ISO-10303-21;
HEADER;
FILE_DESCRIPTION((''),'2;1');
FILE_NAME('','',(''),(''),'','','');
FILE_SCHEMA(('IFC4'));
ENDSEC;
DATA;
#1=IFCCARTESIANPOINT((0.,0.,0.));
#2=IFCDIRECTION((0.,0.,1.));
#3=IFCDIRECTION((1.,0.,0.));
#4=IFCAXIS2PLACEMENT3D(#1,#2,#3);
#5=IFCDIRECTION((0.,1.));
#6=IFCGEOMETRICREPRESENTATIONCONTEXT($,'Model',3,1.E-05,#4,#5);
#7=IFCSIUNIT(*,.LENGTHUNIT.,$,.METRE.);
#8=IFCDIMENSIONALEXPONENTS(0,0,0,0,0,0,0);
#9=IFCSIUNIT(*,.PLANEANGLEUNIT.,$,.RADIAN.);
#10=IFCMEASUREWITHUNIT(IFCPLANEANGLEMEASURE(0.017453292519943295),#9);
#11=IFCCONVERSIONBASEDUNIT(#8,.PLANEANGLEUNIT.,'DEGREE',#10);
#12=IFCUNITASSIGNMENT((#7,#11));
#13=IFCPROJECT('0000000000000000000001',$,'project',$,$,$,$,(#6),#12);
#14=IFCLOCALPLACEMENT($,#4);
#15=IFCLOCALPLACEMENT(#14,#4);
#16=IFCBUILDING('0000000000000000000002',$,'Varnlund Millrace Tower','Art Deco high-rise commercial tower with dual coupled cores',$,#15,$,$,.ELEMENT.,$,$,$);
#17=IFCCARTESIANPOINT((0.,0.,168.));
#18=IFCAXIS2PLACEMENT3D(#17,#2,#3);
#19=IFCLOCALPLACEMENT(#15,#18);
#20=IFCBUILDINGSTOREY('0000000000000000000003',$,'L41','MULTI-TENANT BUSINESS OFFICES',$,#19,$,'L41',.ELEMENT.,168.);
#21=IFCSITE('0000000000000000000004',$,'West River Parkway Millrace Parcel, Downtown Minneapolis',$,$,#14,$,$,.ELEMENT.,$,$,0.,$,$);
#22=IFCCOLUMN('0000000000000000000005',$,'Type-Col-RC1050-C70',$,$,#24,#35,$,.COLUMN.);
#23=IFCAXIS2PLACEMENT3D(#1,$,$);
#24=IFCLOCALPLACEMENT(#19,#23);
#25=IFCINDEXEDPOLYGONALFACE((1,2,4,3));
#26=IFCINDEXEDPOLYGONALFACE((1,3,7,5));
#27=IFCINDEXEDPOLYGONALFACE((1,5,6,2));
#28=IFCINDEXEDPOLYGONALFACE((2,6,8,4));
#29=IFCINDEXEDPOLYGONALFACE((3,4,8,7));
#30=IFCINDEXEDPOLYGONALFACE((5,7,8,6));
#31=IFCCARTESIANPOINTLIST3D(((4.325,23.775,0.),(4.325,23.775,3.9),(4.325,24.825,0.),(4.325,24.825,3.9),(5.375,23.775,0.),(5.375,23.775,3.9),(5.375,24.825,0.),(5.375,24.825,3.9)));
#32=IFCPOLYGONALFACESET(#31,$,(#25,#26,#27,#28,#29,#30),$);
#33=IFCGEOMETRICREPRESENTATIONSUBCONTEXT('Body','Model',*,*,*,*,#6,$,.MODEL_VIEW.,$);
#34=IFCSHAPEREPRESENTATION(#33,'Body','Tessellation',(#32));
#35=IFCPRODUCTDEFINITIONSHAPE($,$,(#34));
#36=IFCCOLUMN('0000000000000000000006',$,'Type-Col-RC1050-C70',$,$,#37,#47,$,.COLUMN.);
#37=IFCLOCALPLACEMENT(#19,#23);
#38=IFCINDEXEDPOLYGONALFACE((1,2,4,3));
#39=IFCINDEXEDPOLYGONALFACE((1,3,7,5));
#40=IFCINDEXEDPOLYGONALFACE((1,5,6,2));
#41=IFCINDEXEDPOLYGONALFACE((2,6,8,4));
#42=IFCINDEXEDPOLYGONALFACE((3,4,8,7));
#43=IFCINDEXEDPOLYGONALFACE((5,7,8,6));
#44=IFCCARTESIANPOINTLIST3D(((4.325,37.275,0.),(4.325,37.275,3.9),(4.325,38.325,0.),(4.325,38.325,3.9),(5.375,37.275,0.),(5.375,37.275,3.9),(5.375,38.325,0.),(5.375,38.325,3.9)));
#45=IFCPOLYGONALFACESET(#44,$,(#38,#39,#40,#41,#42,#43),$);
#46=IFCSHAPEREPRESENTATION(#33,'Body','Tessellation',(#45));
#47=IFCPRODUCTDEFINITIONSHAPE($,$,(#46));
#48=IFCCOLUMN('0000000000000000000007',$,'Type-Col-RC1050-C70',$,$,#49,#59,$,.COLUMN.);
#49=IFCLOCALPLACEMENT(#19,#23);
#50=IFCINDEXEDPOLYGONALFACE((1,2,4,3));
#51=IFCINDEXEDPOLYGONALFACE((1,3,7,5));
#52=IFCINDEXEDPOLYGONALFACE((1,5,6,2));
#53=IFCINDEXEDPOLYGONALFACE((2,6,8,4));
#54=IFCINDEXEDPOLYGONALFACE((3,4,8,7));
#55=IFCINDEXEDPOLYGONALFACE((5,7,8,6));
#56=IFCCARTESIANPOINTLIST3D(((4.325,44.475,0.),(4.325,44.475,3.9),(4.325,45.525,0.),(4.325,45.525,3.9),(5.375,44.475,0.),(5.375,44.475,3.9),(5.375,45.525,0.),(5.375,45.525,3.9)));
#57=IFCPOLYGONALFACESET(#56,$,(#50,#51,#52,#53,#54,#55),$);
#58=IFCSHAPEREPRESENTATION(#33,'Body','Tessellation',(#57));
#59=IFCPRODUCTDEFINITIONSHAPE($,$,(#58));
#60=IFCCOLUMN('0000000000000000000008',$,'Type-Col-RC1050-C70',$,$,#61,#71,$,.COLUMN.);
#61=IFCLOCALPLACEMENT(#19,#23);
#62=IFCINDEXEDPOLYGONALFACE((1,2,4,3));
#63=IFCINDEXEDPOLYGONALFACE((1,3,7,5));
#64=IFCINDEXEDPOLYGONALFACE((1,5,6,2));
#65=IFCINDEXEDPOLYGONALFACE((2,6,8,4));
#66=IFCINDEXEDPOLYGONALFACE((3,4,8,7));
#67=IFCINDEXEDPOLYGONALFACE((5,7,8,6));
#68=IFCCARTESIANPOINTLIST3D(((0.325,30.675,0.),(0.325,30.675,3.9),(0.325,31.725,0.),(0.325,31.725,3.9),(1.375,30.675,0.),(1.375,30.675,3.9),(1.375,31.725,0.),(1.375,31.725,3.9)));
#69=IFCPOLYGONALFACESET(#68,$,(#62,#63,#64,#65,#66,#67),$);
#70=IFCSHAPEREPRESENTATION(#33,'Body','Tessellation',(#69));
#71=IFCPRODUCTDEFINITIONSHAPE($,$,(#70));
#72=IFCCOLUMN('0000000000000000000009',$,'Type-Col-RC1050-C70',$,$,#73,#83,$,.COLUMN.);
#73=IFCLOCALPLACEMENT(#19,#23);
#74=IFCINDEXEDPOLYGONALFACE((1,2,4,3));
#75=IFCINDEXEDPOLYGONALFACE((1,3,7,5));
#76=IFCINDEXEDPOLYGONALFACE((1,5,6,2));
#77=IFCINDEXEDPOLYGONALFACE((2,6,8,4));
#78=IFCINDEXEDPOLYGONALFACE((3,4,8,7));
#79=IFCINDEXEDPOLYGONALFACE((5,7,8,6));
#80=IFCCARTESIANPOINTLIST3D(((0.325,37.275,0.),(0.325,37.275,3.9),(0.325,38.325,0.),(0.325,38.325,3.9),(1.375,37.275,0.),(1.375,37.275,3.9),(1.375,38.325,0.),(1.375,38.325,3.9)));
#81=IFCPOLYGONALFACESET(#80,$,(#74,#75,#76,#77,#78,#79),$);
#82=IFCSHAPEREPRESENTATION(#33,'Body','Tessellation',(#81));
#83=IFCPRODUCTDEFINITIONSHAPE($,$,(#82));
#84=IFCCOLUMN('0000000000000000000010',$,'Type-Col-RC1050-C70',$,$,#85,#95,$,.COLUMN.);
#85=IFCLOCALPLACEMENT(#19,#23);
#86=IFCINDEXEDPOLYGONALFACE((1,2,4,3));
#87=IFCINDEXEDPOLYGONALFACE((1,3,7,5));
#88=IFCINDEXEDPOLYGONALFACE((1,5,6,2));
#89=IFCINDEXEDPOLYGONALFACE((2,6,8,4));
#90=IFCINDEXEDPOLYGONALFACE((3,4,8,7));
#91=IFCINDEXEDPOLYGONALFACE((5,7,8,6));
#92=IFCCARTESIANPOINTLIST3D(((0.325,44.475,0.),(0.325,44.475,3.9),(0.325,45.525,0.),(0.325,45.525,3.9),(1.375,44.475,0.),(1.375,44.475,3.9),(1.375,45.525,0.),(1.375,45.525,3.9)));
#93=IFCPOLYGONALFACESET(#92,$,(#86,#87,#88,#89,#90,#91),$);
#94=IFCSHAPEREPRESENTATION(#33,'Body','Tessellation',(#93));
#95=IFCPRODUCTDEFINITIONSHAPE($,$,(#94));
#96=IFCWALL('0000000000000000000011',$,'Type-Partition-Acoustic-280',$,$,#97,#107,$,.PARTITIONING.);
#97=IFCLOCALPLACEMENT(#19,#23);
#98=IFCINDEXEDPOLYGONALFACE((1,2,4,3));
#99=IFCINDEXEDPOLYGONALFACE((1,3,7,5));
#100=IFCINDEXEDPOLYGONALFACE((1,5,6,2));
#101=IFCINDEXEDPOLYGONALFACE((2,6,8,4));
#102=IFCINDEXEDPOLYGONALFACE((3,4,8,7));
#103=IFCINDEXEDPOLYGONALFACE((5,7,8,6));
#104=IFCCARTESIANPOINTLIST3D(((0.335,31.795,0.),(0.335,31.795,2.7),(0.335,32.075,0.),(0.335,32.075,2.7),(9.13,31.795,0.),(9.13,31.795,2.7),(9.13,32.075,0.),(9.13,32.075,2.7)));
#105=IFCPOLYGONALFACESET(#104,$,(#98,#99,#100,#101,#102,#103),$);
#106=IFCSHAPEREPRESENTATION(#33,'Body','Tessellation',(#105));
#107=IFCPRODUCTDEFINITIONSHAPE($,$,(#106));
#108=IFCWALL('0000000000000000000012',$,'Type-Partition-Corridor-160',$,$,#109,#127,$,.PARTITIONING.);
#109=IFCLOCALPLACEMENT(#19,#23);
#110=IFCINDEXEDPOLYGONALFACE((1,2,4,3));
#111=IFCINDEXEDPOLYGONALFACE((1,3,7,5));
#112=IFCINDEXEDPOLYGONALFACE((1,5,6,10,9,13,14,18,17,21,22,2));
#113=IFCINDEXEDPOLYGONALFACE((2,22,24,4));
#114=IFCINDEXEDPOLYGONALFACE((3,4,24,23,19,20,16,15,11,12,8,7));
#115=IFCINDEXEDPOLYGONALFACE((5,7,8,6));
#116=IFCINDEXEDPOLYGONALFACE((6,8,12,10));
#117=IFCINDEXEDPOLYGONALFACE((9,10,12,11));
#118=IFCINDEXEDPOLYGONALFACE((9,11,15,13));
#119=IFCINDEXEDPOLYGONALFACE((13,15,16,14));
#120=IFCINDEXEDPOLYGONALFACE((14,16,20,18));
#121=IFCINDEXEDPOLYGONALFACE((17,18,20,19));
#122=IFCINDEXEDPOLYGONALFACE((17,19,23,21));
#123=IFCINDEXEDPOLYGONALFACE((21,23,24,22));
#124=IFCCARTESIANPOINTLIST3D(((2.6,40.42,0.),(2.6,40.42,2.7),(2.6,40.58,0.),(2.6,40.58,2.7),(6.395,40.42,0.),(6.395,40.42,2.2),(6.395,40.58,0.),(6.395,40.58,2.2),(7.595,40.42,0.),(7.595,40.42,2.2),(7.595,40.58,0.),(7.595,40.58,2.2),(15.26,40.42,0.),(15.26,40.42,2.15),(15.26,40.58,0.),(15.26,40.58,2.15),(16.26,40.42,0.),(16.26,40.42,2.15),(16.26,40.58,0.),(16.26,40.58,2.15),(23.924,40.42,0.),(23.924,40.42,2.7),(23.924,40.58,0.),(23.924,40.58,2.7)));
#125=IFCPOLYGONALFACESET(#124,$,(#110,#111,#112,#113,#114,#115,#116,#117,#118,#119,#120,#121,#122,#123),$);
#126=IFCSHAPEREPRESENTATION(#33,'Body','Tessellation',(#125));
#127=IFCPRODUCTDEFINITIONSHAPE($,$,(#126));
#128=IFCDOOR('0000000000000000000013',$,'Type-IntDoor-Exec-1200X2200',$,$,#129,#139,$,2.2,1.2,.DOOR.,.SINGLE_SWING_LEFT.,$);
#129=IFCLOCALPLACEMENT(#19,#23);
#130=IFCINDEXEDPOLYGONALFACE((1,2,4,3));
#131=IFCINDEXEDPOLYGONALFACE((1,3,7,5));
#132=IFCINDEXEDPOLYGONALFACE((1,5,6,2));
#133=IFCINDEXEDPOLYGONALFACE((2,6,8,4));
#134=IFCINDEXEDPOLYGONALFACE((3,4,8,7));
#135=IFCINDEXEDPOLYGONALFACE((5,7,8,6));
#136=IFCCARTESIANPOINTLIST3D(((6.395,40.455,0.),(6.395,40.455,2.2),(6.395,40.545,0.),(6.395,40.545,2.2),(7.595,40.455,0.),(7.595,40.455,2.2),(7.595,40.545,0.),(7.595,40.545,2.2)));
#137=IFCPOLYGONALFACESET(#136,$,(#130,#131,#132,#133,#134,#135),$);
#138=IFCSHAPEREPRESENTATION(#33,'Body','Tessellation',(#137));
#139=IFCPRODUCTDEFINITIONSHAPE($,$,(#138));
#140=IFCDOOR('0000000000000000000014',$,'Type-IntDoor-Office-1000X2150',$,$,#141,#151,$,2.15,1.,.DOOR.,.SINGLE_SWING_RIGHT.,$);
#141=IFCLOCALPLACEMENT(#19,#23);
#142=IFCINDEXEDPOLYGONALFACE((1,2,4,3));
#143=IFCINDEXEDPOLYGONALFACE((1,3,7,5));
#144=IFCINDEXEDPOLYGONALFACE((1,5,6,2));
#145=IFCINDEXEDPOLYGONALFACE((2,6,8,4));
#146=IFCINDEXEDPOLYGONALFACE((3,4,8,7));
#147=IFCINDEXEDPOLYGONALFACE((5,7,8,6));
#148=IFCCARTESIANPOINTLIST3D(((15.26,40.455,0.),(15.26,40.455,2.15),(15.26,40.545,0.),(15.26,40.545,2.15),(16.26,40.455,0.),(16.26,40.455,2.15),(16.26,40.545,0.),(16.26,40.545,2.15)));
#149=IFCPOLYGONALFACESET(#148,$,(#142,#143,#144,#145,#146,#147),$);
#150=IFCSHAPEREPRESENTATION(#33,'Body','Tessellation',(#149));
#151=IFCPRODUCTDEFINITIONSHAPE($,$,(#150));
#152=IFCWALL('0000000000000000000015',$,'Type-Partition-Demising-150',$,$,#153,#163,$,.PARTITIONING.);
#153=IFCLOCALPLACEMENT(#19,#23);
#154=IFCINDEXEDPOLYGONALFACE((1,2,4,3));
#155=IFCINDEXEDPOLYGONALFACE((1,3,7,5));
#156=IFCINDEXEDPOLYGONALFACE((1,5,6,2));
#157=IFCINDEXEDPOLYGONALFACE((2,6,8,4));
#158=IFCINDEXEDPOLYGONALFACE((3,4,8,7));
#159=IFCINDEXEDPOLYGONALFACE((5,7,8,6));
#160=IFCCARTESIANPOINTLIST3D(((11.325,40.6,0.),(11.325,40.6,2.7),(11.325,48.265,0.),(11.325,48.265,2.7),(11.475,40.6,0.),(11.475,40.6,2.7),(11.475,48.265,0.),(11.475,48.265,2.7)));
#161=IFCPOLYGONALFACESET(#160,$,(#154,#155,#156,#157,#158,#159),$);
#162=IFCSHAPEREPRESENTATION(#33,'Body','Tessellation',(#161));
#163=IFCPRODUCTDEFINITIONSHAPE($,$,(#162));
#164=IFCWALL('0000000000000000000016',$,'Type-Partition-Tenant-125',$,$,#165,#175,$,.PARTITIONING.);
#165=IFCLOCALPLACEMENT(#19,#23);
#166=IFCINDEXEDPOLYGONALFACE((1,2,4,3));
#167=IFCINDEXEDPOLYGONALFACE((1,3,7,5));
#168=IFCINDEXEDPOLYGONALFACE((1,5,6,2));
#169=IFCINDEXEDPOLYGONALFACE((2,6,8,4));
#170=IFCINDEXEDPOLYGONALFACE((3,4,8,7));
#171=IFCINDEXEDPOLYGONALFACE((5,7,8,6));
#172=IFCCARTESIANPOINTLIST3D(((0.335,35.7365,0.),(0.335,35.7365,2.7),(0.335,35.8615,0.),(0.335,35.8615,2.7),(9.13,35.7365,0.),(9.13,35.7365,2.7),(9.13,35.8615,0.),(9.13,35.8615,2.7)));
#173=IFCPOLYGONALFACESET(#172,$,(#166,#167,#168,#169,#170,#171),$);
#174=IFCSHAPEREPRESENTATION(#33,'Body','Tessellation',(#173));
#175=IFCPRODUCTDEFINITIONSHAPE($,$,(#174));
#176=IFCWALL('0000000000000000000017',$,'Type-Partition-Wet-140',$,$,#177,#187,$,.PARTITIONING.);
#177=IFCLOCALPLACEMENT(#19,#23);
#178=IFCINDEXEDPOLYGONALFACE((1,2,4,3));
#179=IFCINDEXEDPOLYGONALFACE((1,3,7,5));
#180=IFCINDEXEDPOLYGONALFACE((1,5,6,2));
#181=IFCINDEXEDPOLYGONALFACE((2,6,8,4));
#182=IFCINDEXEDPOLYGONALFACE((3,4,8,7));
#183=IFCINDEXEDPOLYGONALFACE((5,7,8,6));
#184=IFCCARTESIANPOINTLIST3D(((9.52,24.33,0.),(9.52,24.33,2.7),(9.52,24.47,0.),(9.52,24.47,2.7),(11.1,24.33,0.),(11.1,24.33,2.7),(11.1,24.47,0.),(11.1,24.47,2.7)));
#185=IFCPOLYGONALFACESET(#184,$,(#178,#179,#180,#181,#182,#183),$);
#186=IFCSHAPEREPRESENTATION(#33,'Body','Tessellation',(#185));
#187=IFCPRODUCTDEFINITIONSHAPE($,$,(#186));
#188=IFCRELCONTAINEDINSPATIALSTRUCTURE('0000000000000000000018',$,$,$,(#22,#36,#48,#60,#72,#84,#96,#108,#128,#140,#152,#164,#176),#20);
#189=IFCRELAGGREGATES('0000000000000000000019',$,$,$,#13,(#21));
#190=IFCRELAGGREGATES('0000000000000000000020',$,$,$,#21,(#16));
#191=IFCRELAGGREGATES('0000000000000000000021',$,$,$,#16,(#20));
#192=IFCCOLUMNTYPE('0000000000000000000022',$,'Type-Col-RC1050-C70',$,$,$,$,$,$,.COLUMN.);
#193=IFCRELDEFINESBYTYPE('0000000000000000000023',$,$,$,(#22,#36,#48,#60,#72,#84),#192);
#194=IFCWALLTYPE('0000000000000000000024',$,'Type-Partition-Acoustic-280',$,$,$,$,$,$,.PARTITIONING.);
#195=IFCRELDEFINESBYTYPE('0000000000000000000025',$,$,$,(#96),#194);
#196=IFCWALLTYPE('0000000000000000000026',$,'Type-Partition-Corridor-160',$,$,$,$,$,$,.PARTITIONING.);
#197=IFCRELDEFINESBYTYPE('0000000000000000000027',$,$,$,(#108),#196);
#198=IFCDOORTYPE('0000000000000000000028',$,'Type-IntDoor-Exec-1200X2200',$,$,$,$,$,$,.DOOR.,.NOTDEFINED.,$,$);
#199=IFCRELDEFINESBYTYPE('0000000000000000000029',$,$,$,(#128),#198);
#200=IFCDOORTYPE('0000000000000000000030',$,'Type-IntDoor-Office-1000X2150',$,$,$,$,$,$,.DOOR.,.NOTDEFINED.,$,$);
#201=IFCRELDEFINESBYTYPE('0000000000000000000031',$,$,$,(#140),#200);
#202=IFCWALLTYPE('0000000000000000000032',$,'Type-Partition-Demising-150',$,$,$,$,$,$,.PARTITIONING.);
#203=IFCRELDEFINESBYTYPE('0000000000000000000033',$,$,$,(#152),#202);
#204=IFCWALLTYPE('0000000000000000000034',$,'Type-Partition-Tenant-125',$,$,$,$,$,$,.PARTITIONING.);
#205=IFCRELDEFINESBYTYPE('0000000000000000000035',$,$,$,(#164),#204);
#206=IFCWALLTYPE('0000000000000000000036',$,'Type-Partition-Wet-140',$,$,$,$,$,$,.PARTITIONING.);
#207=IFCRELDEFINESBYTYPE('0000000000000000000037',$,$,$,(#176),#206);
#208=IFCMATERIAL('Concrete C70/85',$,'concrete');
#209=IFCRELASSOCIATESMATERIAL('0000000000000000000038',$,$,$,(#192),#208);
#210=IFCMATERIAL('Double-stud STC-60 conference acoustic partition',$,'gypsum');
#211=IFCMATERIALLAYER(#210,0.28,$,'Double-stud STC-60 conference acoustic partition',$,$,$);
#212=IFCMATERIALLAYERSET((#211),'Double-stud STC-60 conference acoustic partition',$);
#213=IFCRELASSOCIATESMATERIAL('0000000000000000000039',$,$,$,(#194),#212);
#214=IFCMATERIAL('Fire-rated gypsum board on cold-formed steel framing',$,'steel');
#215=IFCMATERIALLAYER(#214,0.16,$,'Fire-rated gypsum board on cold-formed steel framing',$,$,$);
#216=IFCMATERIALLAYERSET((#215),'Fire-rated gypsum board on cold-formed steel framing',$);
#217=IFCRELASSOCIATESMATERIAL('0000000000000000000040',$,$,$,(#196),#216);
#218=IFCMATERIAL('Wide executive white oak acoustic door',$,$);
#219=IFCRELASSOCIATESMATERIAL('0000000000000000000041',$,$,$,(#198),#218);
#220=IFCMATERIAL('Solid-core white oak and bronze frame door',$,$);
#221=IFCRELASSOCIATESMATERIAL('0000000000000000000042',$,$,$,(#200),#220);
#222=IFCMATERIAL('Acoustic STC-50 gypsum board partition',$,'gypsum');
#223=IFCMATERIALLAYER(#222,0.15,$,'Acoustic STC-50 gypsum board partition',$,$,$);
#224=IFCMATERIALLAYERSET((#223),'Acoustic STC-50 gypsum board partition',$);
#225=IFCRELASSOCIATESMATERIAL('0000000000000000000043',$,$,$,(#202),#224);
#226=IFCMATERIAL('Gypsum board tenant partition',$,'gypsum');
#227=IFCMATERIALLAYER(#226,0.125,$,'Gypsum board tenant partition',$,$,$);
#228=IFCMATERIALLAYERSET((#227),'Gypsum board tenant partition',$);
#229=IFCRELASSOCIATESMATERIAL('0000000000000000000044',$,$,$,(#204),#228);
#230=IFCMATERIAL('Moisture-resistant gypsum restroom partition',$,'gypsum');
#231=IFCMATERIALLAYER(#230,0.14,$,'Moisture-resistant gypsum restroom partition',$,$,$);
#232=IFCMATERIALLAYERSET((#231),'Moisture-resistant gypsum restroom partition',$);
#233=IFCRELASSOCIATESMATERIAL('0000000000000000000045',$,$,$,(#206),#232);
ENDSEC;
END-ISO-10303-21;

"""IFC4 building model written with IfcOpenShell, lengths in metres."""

from ifc_helpers import new_model, entity, si_unit, converted_unit, direction, frame, origin_with_axes, origin_2d_with_axis, place, context, subcontext, project, spatial, polyline, rectangle, outline, extrude, material, layer, layer_set, material_profile, profile_set, type_object, element, fill, save


model = new_model("IFC4")

# Units and contexts
model_context = context("Model", 3, precision=1e-05, world=origin_with_axes(), true_north=direction((0.0, 1.0)))
body_context = subcontext(model_context, "Body", "Model", "MODEL_VIEW")
ifc_project = project(units=[si_unit("LENGTHUNIT", "METRE"), converted_unit("PLANEANGLEUNIT", "DEGREE", entity("IfcPlaneAngleMeasure", 0.017453292519943295), si_unit("PLANEANGLEUNIT", "RADIAN"), dimensions=[0, 0, 0, 0, 0, 0, 0])], contexts=[model_context])

# Site, building, storey
site_placement = place(None, origin_with_axes())
site = spatial("IfcSite", under=ifc_project, at=site_placement, Name="West River Parkway Millrace Parcel, Downtown Minneapolis", CompositionType="ELEMENT", RefElevation=0.0)
building_placement = place(site_placement, origin_with_axes())
building = spatial("IfcBuilding", under=site, at=building_placement, Name="Varnlund Millrace Tower", Description="Art Deco high-rise commercial tower with dual coupled cores", CompositionType="ELEMENT")
storey_placement = place(building_placement, frame((0.0, 0.0, 168.0), z_axis=(0.0, 0.0, 1.0), x_axis=(1.0, 0.0, 0.0)))
storey = spatial("IfcBuildingStorey", under=building, at=storey_placement, Name="L41", Description="MULTI-TENANT BUSINESS OFFICES", LongName="L41", CompositionType="ELEMENT", Elevation=168.0)

# Columns
ifc_material_1 = material(Name="Concrete C70/85", Category="concrete")
ifc_material_profile = material_profile(ifc_material_1, rectangle(XDim=1.05, YDim=1.05, at=origin_2d_with_axis()), Name="Concrete C70/85")
ifc_profile_set = profile_set([ifc_material_profile], Name="Concrete C70/85")
column_type = type_object("IfcColumnType", Name="Type-Col-RC1050-C70", PredefinedType="COLUMN", material=ifc_profile_set)
for number, where, z_axis, x_axis, name in (
    (1, (4.85, 24.3, 0.0), (0.0, 0.0, 1.0), (1.0, 0.0, 0.0), "Type-Col-RC1050-C70"),
    (2, (4.85, 37.8, 0.0), (0.0, 0.0, 1.0), (1.0, 0.0, 0.0), "Type-Col-RC1050-C70"),
    (3, (4.85, 45.0, 0.0), (0.0, 0.0, 1.0), (1.0, 0.0, 0.0), "Type-Col-RC1050-C70"),
    (4, (0.85, 31.2, 0.0), (0.0, 0.0, 1.0), (1.0, 0.0, 0.0), "Type-Col-RC1050-C70"),
    (5, (0.85, 37.8, 0.0), (0.0, 0.0, 1.0), (1.0, 0.0, 0.0), "Type-Col-RC1050-C70"),
    (6, (0.85, 45.0, 0.0), (0.0, 0.0, 1.0), (1.0, 0.0, 0.0), "Type-Col-RC1050-C70"),
):
    element("IfcColumn", number, at=place(storey_placement, frame(where, z_axis=z_axis, x_axis=x_axis)), inside=storey, type_object=column_type, Name=name, PredefinedType="COLUMN", context=body_context, shape_type="SweptSolid", body=[
        extrude(rectangle(XDim=1.05, YDim=1.05, at=origin_2d_with_axis()), origin_with_axes(), (0.0, 0.0, 1.0), 3.9),
    ])

# Wall
ifc_material_2 = material(Name="Double-stud STC-60 conference acoustic partition", Category="gypsum")
ifc_layer_1 = layer(ifc_material_2, 0.28, Name="Double-stud STC-60 conference acoustic partition")
ifc_layer_set_1 = layer_set([ifc_layer_1], Name="Double-stud STC-60 conference acoustic partition")
wall_type_1 = type_object("IfcWallType", Name="Type-Partition-Acoustic-280", PredefinedType="PARTITIONING", material=ifc_layer_set_1)
wall_1_placement = place(storey_placement, frame((0.335, 31.935, 0.0), z_axis=(0.0, 0.0, 1.0), x_axis=(1.0, 0.0, 0.0)))
element("IfcWall", 7, at=wall_1_placement, inside=storey, type_object=wall_type_1, Name="Type-Partition-Acoustic-280", PredefinedType="PARTITIONING", context=body_context, shape_type="SweptSolid", body=[
    extrude(outline(polyline([(0.0, -0.14), (8.795, -0.14), (8.795, 0.14), (0.0, 0.14), (0.0, -0.14)])), origin_with_axes(), (0.0, 0.0, 1.0), 2.7),
])

# Wall, openings, doors
ifc_material_3 = material(Name="Fire-rated gypsum board on cold-formed steel framing", Category="steel")
ifc_layer_2 = layer(ifc_material_3, 0.16, Name="Fire-rated gypsum board on cold-formed steel framing")
ifc_layer_set_2 = layer_set([ifc_layer_2], Name="Fire-rated gypsum board on cold-formed steel framing")
wall_type_2 = type_object("IfcWallType", Name="Type-Partition-Corridor-160", PredefinedType="PARTITIONING", material=ifc_layer_set_2)
wall_2_placement = place(storey_placement, frame((2.6, 40.5, 0.0), z_axis=(0.0, 0.0, 1.0), x_axis=(1.0, 0.0, 0.0)))
wall_2 = element("IfcWall", 8, at=wall_2_placement, inside=storey, type_object=wall_type_2, Name="Type-Partition-Corridor-160", PredefinedType="PARTITIONING", context=body_context, shape_type="SweptSolid", body=[
    extrude(outline(polyline([(0.0, -0.08), (21.324, -0.08), (21.324, 0.08), (0.0, 0.08), (0.0, -0.08)])), origin_with_axes(), (0.0, 0.0, 1.0), 2.7),
])
opening_1_placement = place(wall_2_placement, frame((4.395, 0.0, 0.0), z_axis=(0.0, 0.0, 1.0), x_axis=(1.0, 0.0, 0.0)))
opening_1 = element("IfcOpeningElement", 9, at=opening_1_placement, cuts=wall_2, PredefinedType="OPENING", context=body_context, shape_type="SweptSolid", body=[
    extrude(rectangle(XDim=1.2, YDim=0.18, at=origin_2d_with_axis()), origin_with_axes(), (0.0, 0.0, 1.0), 2.2),
])
opening_2_placement = place(wall_2_placement, frame((13.16, 0.0, 0.0), z_axis=(0.0, 0.0, 1.0), x_axis=(1.0, 0.0, 0.0)))
opening_2 = element("IfcOpeningElement", 10, at=opening_2_placement, cuts=wall_2, PredefinedType="OPENING", context=body_context, shape_type="SweptSolid", body=[
    extrude(rectangle(XDim=1.0, YDim=0.18, at=origin_2d_with_axis()), origin_with_axes(), (0.0, 0.0, 1.0), 2.15),
])
ifc_material_4 = material(Name="Wide executive white oak acoustic door")
door_type_1 = type_object("IfcDoorType", Name="Type-IntDoor-Exec-1200X2200", OperationType="NOTDEFINED", PredefinedType="DOOR", material=ifc_material_4)
door_1_placement = place(wall_2_placement, frame((4.395, 0.0, 0.0), z_axis=(0.0, 0.0, 1.0), x_axis=(1.0, 0.0, 0.0)))
door_1 = element("IfcDoor", 11, at=door_1_placement, inside=storey, type_object=door_type_1, Name="Type-IntDoor-Exec-1200X2200", OperationType="SINGLE_SWING_LEFT", OverallHeight=2.2, OverallWidth=1.2, PredefinedType="DOOR", context=body_context, shape_type="SweptSolid", body=[
    extrude(rectangle(XDim=1.2, YDim=0.09, at=origin_2d_with_axis()), origin_with_axes(), (0.0, 0.0, 1.0), 2.2),
])
fill(opening_1, door_1)
ifc_material_5 = material(Name="Solid-core white oak and bronze frame door")
door_type_2 = type_object("IfcDoorType", Name="Type-IntDoor-Office-1000X2150", OperationType="NOTDEFINED", PredefinedType="DOOR", material=ifc_material_5)
door_2_placement = place(wall_2_placement, frame((13.16, 0.0, 0.0), z_axis=(0.0, 0.0, 1.0), x_axis=(1.0, 0.0, 0.0)))
door_2 = element("IfcDoor", 12, at=door_2_placement, inside=storey, type_object=door_type_2, Name="Type-IntDoor-Office-1000X2150", OperationType="SINGLE_SWING_RIGHT", OverallHeight=2.15, OverallWidth=1.0, PredefinedType="DOOR", context=body_context, shape_type="SweptSolid", body=[
    extrude(rectangle(XDim=1.0, YDim=0.09, at=origin_2d_with_axis()), origin_with_axes(), (0.0, 0.0, 1.0), 2.15),
])
fill(opening_2, door_2)

# Walls
ifc_material_6 = material(Name="Acoustic STC-50 gypsum board partition", Category="gypsum")
ifc_layer_3 = layer(ifc_material_6, 0.15, Name="Acoustic STC-50 gypsum board partition")
ifc_layer_set_3 = layer_set([ifc_layer_3], Name="Acoustic STC-50 gypsum board partition")
wall_type_3 = type_object("IfcWallType", Name="Type-Partition-Demising-150", PredefinedType="PARTITIONING", material=ifc_layer_set_3)
wall_3_placement = place(storey_placement, frame((11.4, 40.6, 0.0), z_axis=(0.0, 0.0, 1.0), x_axis=(0.0, 1.0, 0.0)))
element("IfcWall", 13, at=wall_3_placement, inside=storey, type_object=wall_type_3, Name="Type-Partition-Demising-150", PredefinedType="PARTITIONING", context=body_context, shape_type="SweptSolid", body=[
    extrude(outline(polyline([(0.0, -0.075), (7.665, -0.075), (7.665, 0.075), (0.0, 0.075), (0.0, -0.075)])), origin_with_axes(), (0.0, 0.0, 1.0), 2.7),
])
ifc_material_7 = material(Name="Gypsum board tenant partition", Category="gypsum")
ifc_layer_4 = layer(ifc_material_7, 0.125, Name="Gypsum board tenant partition")
ifc_layer_set_4 = layer_set([ifc_layer_4], Name="Gypsum board tenant partition")
wall_type_4 = type_object("IfcWallType", Name="Type-Partition-Tenant-125", PredefinedType="PARTITIONING", material=ifc_layer_set_4)
wall_4_placement = place(storey_placement, frame((0.335, 35.799, 0.0), z_axis=(0.0, 0.0, 1.0), x_axis=(1.0, 0.0, 0.0)))
element("IfcWall", 14, at=wall_4_placement, inside=storey, type_object=wall_type_4, Name="Type-Partition-Tenant-125", PredefinedType="PARTITIONING", context=body_context, shape_type="SweptSolid", body=[
    extrude(outline(polyline([(0.0, -0.0625), (8.795, -0.0625), (8.795, 0.0625), (0.0, 0.0625), (0.0, -0.0625)])), origin_with_axes(), (0.0, 0.0, 1.0), 2.7),
])
ifc_material_8 = material(Name="Moisture-resistant gypsum restroom partition", Category="gypsum")
ifc_layer_5 = layer(ifc_material_8, 0.14, Name="Moisture-resistant gypsum restroom partition")
ifc_layer_set_5 = layer_set([ifc_layer_5], Name="Moisture-resistant gypsum restroom partition")
wall_type_5 = type_object("IfcWallType", Name="Type-Partition-Wet-140", PredefinedType="PARTITIONING", material=ifc_layer_set_5)
wall_5_placement = place(storey_placement, frame((9.52, 24.4, 0.0), z_axis=(0.0, 0.0, 1.0), x_axis=(1.0, 0.0, 0.0)))
element("IfcWall", 15, at=wall_5_placement, inside=storey, type_object=wall_type_5, Name="Type-Partition-Wet-140", PredefinedType="PARTITIONING", context=body_context, shape_type="SweptSolid", body=[
    extrude(outline(polyline([(0.0, -0.07), (1.58, -0.07), (1.58, 0.07), (0.0, 0.07), (0.0, -0.07)])), origin_with_axes(), (0.0, 0.0, 1.0), 2.7),
])

save(model, "model.ifc")
